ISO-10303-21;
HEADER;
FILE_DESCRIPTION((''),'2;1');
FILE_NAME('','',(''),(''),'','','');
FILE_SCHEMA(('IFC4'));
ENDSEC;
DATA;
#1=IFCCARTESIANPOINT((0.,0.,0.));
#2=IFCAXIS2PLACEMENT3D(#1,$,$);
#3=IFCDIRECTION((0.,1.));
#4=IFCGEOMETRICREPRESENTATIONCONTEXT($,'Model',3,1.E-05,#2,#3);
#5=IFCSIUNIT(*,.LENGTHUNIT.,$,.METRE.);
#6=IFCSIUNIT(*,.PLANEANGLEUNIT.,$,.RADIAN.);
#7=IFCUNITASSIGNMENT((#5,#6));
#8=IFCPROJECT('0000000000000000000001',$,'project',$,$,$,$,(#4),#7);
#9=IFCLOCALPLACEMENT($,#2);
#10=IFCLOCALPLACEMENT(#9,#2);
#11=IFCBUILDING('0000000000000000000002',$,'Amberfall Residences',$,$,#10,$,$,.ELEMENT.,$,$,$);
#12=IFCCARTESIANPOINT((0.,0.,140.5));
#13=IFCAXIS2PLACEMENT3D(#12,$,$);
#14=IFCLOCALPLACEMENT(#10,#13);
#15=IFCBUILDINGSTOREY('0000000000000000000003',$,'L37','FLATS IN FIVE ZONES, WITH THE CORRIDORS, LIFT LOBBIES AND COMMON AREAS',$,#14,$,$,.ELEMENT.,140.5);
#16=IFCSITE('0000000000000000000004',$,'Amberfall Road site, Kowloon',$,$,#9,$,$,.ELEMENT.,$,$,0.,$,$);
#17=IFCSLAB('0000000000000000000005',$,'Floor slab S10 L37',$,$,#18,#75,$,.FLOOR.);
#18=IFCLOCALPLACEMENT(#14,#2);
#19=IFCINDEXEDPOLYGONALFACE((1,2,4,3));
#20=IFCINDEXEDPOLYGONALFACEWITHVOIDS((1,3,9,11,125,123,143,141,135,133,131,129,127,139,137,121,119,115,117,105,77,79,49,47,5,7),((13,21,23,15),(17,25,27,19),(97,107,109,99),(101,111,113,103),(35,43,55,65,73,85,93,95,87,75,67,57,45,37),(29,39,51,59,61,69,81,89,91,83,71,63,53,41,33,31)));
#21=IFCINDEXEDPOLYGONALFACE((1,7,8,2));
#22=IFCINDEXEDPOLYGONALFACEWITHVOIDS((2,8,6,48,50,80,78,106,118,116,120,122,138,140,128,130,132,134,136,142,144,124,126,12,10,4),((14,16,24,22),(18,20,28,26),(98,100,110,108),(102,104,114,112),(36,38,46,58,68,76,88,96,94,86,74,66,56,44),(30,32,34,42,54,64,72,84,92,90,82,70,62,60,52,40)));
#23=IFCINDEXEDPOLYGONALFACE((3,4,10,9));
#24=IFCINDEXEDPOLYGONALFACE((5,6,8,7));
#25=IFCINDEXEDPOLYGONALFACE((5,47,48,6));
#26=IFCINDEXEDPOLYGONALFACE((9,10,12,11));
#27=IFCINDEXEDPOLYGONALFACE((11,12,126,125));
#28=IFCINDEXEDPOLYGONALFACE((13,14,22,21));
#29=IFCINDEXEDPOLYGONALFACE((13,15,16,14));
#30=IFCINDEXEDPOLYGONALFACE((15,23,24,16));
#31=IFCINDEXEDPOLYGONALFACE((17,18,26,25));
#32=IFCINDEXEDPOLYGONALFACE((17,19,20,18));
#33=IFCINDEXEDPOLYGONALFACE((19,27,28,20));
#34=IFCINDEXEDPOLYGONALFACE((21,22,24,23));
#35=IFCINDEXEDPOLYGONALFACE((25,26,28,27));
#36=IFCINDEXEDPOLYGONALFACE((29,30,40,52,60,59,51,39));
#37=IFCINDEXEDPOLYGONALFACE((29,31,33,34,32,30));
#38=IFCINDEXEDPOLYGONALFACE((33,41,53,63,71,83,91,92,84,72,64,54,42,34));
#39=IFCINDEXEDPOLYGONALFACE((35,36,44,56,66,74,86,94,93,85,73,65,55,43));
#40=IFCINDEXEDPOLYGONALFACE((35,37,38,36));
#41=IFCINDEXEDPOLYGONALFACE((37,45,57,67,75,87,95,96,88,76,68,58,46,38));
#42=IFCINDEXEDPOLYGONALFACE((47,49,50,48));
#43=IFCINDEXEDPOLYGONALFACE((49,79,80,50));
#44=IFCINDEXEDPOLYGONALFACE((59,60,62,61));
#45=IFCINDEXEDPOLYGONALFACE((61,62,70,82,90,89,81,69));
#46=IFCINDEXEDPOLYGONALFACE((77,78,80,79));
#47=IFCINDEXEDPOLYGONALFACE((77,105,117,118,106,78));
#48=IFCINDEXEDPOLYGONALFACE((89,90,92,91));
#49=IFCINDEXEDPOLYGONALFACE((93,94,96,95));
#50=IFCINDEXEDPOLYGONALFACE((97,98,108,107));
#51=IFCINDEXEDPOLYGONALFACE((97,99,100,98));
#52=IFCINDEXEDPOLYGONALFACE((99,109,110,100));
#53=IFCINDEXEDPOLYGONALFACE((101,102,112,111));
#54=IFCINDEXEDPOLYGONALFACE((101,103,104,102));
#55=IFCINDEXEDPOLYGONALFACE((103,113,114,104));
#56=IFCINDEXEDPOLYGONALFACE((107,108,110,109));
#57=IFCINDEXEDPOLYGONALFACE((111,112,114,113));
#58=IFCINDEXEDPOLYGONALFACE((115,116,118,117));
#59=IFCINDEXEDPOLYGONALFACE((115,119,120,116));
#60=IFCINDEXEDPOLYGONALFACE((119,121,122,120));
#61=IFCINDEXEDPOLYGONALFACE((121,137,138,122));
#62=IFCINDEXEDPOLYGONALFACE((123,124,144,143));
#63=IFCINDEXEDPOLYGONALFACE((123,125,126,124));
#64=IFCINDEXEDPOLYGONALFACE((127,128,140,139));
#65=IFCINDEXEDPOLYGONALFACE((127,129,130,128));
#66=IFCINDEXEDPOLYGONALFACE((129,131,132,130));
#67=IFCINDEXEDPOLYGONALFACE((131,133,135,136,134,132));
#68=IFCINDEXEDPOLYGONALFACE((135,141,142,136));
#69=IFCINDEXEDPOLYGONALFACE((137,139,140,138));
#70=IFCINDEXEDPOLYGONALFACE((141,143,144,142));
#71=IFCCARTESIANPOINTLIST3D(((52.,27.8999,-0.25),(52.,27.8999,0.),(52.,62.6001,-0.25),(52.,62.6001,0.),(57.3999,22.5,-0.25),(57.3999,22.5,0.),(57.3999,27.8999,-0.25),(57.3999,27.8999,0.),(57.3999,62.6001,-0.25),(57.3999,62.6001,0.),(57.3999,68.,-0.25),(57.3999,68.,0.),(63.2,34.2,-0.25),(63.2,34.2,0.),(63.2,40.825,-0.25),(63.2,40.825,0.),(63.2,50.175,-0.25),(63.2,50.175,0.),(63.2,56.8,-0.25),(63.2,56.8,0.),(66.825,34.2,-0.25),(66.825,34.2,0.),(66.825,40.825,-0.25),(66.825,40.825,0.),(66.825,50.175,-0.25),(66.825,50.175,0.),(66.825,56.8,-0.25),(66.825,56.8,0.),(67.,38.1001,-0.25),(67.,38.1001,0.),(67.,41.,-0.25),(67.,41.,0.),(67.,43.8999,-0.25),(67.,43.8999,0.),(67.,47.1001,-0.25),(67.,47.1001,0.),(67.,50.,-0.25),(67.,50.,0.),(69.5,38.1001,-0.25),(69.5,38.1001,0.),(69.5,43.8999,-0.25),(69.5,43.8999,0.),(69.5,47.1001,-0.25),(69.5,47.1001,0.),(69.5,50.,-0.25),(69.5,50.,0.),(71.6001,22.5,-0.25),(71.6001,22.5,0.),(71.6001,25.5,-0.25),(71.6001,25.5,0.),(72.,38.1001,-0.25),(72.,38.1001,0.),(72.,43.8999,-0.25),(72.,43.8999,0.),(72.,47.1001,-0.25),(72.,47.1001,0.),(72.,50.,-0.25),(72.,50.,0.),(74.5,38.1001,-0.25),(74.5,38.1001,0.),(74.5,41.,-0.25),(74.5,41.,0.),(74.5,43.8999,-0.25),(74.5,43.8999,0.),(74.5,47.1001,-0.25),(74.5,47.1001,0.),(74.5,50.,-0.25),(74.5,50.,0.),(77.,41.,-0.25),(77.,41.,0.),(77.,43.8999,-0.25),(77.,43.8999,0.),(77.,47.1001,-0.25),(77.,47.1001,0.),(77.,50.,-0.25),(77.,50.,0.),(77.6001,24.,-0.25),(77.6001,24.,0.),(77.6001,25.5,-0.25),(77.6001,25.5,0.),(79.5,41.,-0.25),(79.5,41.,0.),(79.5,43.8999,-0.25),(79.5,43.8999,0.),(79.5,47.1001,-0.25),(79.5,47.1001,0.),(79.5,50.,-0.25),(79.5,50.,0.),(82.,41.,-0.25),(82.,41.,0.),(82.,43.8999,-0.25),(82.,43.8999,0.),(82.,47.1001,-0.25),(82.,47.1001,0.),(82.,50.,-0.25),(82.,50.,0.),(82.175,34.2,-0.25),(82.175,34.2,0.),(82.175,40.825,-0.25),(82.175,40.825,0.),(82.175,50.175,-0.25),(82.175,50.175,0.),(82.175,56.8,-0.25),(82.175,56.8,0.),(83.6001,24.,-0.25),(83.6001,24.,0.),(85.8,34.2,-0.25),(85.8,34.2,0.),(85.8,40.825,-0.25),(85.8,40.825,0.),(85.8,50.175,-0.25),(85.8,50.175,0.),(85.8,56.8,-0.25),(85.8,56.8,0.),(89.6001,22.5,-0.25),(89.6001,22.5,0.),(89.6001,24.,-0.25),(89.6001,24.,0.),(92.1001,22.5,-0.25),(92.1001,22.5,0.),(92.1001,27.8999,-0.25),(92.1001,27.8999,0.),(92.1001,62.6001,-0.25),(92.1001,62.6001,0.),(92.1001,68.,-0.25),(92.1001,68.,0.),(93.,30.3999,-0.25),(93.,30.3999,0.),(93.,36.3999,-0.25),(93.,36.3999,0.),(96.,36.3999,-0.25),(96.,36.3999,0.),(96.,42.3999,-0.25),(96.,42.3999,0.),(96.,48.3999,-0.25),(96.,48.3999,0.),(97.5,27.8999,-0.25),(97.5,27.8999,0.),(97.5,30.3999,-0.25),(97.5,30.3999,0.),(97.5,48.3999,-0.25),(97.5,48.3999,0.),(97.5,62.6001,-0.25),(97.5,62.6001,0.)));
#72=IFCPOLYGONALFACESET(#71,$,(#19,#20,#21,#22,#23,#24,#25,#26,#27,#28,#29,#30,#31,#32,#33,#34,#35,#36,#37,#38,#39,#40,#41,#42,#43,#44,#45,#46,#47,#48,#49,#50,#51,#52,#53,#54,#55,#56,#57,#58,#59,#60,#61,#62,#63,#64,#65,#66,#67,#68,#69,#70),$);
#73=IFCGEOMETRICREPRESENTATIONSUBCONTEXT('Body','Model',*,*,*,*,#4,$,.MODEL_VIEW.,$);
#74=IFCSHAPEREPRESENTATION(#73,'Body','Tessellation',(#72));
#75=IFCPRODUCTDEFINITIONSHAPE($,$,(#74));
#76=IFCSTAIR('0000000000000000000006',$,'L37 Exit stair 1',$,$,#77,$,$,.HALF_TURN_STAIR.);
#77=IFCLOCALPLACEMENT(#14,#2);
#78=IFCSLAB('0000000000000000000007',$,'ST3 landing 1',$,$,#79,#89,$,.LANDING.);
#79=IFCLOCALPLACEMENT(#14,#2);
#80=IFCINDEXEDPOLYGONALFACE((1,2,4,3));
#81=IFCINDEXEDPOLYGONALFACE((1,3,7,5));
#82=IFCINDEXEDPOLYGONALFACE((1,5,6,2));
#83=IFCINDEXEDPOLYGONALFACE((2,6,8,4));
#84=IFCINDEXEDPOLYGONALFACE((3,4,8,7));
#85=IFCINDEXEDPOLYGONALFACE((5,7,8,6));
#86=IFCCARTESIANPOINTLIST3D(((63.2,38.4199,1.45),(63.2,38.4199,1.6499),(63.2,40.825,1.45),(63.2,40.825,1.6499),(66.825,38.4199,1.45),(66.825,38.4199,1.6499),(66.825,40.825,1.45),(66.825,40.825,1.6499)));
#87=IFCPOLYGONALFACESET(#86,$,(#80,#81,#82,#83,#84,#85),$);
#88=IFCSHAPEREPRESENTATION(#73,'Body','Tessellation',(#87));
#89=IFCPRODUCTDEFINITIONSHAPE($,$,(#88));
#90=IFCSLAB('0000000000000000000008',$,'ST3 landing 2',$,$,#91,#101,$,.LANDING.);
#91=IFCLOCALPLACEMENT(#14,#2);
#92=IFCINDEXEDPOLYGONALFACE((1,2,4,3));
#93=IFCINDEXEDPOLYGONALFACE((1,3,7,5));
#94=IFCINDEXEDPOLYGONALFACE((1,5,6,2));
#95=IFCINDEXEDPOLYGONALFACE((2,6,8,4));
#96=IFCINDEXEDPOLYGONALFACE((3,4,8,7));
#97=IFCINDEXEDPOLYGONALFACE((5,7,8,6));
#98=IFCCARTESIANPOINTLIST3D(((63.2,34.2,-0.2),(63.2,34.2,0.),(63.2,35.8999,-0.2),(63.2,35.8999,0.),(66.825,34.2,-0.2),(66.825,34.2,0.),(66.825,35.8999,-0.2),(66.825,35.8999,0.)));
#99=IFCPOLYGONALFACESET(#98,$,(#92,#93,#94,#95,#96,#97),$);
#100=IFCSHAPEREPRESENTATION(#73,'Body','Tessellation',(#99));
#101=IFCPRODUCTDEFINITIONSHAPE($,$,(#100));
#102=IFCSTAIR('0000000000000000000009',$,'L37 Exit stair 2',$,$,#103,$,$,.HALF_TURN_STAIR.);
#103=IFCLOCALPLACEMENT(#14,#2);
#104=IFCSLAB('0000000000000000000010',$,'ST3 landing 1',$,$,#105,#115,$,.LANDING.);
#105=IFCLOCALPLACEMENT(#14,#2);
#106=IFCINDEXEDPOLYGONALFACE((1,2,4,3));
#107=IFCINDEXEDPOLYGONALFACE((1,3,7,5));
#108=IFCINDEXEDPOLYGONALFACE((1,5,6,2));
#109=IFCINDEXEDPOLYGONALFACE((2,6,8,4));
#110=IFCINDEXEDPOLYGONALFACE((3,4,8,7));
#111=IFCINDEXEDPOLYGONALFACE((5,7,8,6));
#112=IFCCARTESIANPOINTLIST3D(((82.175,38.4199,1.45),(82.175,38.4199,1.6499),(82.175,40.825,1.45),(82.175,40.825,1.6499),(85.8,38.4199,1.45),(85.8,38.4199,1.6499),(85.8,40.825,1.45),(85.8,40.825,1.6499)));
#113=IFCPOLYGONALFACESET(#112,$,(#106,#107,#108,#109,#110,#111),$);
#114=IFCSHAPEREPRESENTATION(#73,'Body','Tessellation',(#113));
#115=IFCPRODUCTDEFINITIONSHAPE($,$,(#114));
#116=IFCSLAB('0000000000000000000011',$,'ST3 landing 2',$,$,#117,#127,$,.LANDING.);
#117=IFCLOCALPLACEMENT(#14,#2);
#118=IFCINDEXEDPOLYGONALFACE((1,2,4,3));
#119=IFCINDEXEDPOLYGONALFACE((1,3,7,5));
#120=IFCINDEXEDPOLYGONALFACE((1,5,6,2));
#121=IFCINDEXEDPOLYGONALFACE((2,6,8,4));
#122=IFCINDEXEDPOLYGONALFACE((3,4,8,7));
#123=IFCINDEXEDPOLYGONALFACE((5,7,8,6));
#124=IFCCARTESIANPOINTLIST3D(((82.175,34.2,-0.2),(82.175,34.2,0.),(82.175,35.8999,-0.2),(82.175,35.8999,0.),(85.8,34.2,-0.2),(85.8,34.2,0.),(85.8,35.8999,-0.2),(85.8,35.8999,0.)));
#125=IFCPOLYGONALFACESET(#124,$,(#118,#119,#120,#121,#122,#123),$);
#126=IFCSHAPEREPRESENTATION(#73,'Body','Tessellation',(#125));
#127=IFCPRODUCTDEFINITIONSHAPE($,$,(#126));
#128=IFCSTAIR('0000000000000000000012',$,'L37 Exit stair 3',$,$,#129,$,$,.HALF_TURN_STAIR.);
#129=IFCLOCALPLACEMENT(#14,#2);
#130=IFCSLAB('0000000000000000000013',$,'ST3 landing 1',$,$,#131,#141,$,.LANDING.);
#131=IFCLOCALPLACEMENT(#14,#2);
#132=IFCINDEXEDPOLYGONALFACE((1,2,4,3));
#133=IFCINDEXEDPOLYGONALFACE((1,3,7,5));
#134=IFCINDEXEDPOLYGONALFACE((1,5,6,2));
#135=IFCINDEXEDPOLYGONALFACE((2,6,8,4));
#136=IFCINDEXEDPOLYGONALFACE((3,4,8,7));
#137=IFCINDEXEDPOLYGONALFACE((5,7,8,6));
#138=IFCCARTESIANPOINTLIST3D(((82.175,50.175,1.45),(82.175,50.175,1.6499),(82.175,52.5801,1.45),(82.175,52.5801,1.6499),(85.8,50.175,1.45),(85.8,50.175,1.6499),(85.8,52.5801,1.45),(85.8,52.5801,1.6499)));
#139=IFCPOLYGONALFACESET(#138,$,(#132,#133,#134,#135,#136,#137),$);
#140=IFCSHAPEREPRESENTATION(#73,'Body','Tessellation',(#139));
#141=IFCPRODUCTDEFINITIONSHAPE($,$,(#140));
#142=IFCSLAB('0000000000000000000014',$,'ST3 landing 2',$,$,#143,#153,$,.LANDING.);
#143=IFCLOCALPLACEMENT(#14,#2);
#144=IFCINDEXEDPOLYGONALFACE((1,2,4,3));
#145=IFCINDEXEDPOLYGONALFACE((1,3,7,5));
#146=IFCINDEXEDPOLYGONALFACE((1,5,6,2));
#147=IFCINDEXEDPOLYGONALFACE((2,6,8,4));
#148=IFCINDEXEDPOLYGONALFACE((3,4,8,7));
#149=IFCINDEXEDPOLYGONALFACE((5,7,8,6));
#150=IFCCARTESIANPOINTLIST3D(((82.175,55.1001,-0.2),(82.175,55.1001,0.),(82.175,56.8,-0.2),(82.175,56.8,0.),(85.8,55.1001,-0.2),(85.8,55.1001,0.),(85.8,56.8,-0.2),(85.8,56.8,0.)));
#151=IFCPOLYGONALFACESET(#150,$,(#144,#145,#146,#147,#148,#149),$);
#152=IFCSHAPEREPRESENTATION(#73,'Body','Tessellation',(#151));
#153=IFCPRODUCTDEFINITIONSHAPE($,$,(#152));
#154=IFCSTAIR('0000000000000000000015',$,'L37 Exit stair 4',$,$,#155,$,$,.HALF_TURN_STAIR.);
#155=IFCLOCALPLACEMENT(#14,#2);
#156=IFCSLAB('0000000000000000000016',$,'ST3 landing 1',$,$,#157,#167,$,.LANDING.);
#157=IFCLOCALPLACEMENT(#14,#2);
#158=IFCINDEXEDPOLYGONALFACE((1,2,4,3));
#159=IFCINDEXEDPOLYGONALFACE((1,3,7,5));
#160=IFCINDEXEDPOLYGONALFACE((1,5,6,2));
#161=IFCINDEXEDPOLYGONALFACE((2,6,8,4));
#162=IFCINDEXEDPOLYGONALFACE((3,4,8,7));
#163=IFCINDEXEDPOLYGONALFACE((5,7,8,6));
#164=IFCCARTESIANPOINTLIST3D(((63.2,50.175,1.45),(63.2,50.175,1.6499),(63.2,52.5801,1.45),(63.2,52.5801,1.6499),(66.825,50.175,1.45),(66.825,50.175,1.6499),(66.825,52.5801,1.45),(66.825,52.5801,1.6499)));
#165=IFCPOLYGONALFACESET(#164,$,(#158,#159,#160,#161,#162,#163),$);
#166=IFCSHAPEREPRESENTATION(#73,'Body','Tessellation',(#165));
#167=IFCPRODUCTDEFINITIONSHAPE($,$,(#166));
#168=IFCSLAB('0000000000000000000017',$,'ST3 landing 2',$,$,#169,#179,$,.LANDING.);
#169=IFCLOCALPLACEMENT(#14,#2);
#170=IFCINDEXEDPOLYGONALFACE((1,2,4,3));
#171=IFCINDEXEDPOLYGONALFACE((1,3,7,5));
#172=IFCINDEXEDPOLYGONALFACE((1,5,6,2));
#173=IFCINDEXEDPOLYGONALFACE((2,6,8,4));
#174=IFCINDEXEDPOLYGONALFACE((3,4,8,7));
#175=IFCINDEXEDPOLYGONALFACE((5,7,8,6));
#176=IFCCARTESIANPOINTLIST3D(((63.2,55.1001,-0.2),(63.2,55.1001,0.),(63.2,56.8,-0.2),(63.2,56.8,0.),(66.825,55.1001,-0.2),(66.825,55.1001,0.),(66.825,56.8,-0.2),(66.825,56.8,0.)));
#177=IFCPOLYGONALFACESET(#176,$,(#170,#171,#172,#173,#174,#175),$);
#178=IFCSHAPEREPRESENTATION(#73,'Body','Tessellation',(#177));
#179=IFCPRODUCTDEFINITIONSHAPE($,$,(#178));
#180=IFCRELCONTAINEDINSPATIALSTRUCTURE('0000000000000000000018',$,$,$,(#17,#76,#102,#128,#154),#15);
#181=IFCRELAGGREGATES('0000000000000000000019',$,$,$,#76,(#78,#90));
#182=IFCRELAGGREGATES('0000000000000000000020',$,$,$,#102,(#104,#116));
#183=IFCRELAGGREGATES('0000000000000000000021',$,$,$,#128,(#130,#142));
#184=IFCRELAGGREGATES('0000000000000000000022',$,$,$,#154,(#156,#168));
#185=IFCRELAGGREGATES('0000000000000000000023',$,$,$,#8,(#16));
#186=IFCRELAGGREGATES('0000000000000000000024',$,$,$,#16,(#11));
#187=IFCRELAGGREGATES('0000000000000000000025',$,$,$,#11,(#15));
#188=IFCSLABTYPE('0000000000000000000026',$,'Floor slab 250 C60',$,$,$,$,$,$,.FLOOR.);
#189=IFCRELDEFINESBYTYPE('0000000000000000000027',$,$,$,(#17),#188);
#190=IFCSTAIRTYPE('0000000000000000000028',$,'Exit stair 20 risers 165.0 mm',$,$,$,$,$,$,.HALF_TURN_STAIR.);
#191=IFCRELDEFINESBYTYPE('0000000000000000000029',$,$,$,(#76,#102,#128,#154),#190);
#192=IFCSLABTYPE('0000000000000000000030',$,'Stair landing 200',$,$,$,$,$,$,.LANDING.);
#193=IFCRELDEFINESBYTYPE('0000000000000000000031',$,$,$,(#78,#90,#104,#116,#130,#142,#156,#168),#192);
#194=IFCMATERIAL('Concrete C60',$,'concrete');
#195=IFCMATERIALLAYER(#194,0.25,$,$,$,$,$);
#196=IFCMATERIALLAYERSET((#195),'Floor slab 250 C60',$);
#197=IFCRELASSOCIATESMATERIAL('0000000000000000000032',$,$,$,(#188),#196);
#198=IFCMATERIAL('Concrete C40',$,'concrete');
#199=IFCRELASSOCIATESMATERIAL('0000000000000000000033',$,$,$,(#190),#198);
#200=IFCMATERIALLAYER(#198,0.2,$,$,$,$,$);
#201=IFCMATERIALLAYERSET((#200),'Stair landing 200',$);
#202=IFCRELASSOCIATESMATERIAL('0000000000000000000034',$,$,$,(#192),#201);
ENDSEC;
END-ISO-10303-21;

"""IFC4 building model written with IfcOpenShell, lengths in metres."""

from ifc_helpers import new_model, si_unit, direction, frame, origin, place, context, subcontext, project, spatial, polyline, outline, extrude, material, layer, layer_set, type_object, element, aggregate, save


model = new_model("IFC4")

# Units and contexts
model_context = context("Model", 3, precision=1e-05, world=origin(), true_north=direction((0.0, 1.0)))
body_context = subcontext(model_context, "Body", "Model", "MODEL_VIEW")
ifc_project = project(units=[si_unit("LENGTHUNIT", "METRE"), si_unit("PLANEANGLEUNIT", "RADIAN")], contexts=[model_context])

# Site, building, storey
site_placement = place(None, origin())
site = spatial("IfcSite", under=ifc_project, at=site_placement, Name="Amberfall Road site, Kowloon", CompositionType="ELEMENT", RefElevation=0.0)
building_placement = place(site_placement, origin())
building = spatial("IfcBuilding", under=site, at=building_placement, Name="Amberfall Residences", CompositionType="ELEMENT")
storey_placement = place(building_placement, frame((0.0, 0.0, 140.5)))
storey = spatial("IfcBuildingStorey", under=building, at=storey_placement, Name="L37", Description="FLATS IN FIVE ZONES, WITH THE CORRIDORS, LIFT LOBBIES AND COMMON AREAS", CompositionType="ELEMENT", Elevation=140.5)

# Slab
ifc_material_1 = material(Name="Concrete C60", Category="concrete")
ifc_layer_1 = layer(ifc_material_1, 0.25)
ifc_layer_set_1 = layer_set([ifc_layer_1], Name="Floor slab 250 C60")
slab_type_1 = type_object("IfcSlabType", Name="Floor slab 250 C60", PredefinedType="FLOOR", material=ifc_layer_set_1)
slab_1_placement = place(storey_placement, frame((0.0, 0.0, -0.25)))
element("IfcSlab", 1, at=slab_1_placement, inside=storey, type_object=slab_type_1, Name="Floor slab S10 L37", PredefinedType="FLOOR", context=body_context, shape_type="SweptSolid", body=[
    extrude(outline(polyline([(89.6001, 22.5), (89.6001, 24.0), (83.6001, 24.0), (77.6001, 24.0), (77.6001, 25.5), (71.6001, 25.5), (71.6001, 22.5), (57.3999, 22.5), (57.3999, 27.8999), (52.0, 27.8999), (52.0, 62.6001), (57.3999, 62.6001), (57.3999, 68.0), (92.1001, 68.0), (92.1001, 62.6001), (97.5, 62.6001), (97.5, 48.3999), (96.0, 48.3999), (96.0, 42.3999), (96.0, 36.3999), (93.0, 36.3999), (93.0, 30.3999), (97.5, 30.3999), (97.5, 27.8999), (92.1001, 27.8999), (92.1001, 22.5), (89.6001, 22.5)]), holes=[polyline([(85.8, 34.2), (85.8, 40.825), (82.175, 40.825), (82.175, 34.2), (85.8, 34.2)]), polyline([(82.175, 50.175), (85.8, 50.175), (85.8, 56.8), (82.175, 56.8), (82.175, 50.175)]), polyline([(69.5, 50.0), (67.0, 50.0), (67.0, 47.1001), (69.5, 47.1001), (72.0, 47.1001), (74.5, 47.1001), (77.0, 47.1001), (79.5, 47.1001), (82.0, 47.1001), (82.0, 50.0), (79.5, 50.0), (77.0, 50.0), (74.5, 50.0), (72.0, 50.0), (69.5, 50.0)]), polyline([(74.5, 41.0), (77.0, 41.0), (79.5, 41.0), (82.0, 41.0), (82.0, 43.8999), (79.5, 43.8999), (77.0, 43.8999), (74.5, 43.8999), (72.0, 43.8999), (69.5, 43.8999), (67.0, 43.8999), (67.0, 41.0), (67.0, 38.1001), (69.5, 38.1001), (72.0, 38.1001), (74.5, 38.1001), (74.5, 41.0)]), polyline([(66.825, 34.2), (66.825, 40.825), (63.2, 40.825), (63.2, 34.2), (66.825, 34.2)]), polyline([(66.825, 50.175), (66.825, 56.8), (63.2, 56.8), (63.2, 50.175), (66.825, 50.175)])]), origin(), (0.0, 0.0, 1.0), 0.25),
])

# Stairs, slabs
ifc_material_2 = material(Name="Concrete C40", Category="concrete")
stair_type = type_object("IfcStairType", Name="Exit stair 20 risers 165.0 mm", PredefinedType="HALF_TURN_STAIR", material=ifc_material_2)
stair_1_placement = place(storey_placement, origin())
stair_1 = element("IfcStair", 2, at=stair_1_placement, inside=storey, type_object=stair_type, Name="L37 Exit stair 1", PredefinedType="HALF_TURN_STAIR")
ifc_layer_2 = layer(ifc_material_2, 0.2)
ifc_layer_set_2 = layer_set([ifc_layer_2], Name="Stair landing 200")
slab_type_2 = type_object("IfcSlabType", Name="Stair landing 200", PredefinedType="LANDING", material=ifc_layer_set_2)
slab_2_placement = place(storey_placement, frame((0.0, 0.0, 1.45)))
slab_2 = element("IfcSlab", 3, at=slab_2_placement, type_object=slab_type_2, Name="ST3 landing 1", PredefinedType="LANDING", context=body_context, shape_type="SweptSolid", body=[
    extrude(outline(polyline([(66.825, 38.4199), (66.825, 40.825), (63.2, 40.825), (63.2, 38.4199), (66.825, 38.4199)])), origin(), (0.0, 0.0, 1.0), 0.2),
])
slab_3_placement = place(storey_placement, frame((0.0, 0.0, -0.2)))
slab_3 = element("IfcSlab", 4, at=slab_3_placement, type_object=slab_type_2, Name="ST3 landing 2", PredefinedType="LANDING", context=body_context, shape_type="SweptSolid", body=[
    extrude(outline(polyline([(66.825, 34.2), (66.825, 35.8999), (63.2, 35.8999), (63.2, 34.2), (66.825, 34.2)])), origin(), (0.0, 0.0, 1.0), 0.2),
])
aggregate(stair_1, [slab_2, slab_3])
stair_2_placement = place(storey_placement, origin())
stair_2 = element("IfcStair", 5, at=stair_2_placement, inside=storey, type_object=stair_type, Name="L37 Exit stair 2", PredefinedType="HALF_TURN_STAIR")
slab_4_placement = place(storey_placement, frame((0.0, 0.0, 1.45)))
slab_4 = element("IfcSlab", 6, at=slab_4_placement, type_object=slab_type_2, Name="ST3 landing 1", PredefinedType="LANDING", context=body_context, shape_type="SweptSolid", body=[
    extrude(outline(polyline([(85.8, 38.4199), (85.8, 40.825), (82.175, 40.825), (82.175, 38.4199), (85.8, 38.4199)])), origin(), (0.0, 0.0, 1.0), 0.2),
])
slab_5_placement = place(storey_placement, frame((0.0, 0.0, -0.2)))
slab_5 = element("IfcSlab", 7, at=slab_5_placement, type_object=slab_type_2, Name="ST3 landing 2", PredefinedType="LANDING", context=body_context, shape_type="SweptSolid", body=[
    extrude(outline(polyline([(85.8, 34.2), (85.8, 35.8999), (82.175, 35.8999), (82.175, 34.2), (85.8, 34.2)])), origin(), (0.0, 0.0, 1.0), 0.2),
])
aggregate(stair_2, [slab_4, slab_5])
stair_3_placement = place(storey_placement, origin())
stair_3 = element("IfcStair", 8, at=stair_3_placement, inside=storey, type_object=stair_type, Name="L37 Exit stair 3", PredefinedType="HALF_TURN_STAIR")
slab_6_placement = place(storey_placement, frame((0.0, 0.0, 1.45)))
slab_6 = element("IfcSlab", 9, at=slab_6_placement, type_object=slab_type_2, Name="ST3 landing 1", PredefinedType="LANDING", context=body_context, shape_type="SweptSolid", body=[
    extrude(outline(polyline([(82.175, 52.5801), (82.175, 50.175), (85.8, 50.175), (85.8, 52.5801), (82.175, 52.5801)])), origin(), (0.0, 0.0, 1.0), 0.2),
])
slab_7_placement = place(storey_placement, frame((0.0, 0.0, -0.2)))
slab_7 = element("IfcSlab", 10, at=slab_7_placement, type_object=slab_type_2, Name="ST3 landing 2", PredefinedType="LANDING", context=body_context, shape_type="SweptSolid", body=[
    extrude(outline(polyline([(82.175, 56.8), (82.175, 55.1001), (85.8, 55.1001), (85.8, 56.8), (82.175, 56.8)])), origin(), (0.0, 0.0, 1.0), 0.2),
])
aggregate(stair_3, [slab_6, slab_7])
stair_4_placement = place(storey_placement, origin())
stair_4 = element("IfcStair", 11, at=stair_4_placement, inside=storey, type_object=stair_type, Name="L37 Exit stair 4", PredefinedType="HALF_TURN_STAIR")
slab_8_placement = place(storey_placement, frame((0.0, 0.0, 1.45)))
slab_8 = element("IfcSlab", 12, at=slab_8_placement, type_object=slab_type_2, Name="ST3 landing 1", PredefinedType="LANDING", context=body_context, shape_type="SweptSolid", body=[
    extrude(outline(polyline([(63.2, 52.5801), (63.2, 50.175), (66.825, 50.175), (66.825, 52.5801), (63.2, 52.5801)])), origin(), (0.0, 0.0, 1.0), 0.2),
])
slab_9_placement = place(storey_placement, frame((0.0, 0.0, -0.2)))
slab_9 = element("IfcSlab", 13, at=slab_9_placement, type_object=slab_type_2, Name="ST3 landing 2", PredefinedType="LANDING", context=body_context, shape_type="SweptSolid", body=[
    extrude(outline(polyline([(63.2, 56.8), (63.2, 55.1001), (66.825, 55.1001), (66.825, 56.8), (63.2, 56.8)])), origin(), (0.0, 0.0, 1.0), 0.2),
])
aggregate(stair_4, [slab_8, slab_9])

save(model, "model.ifc")
